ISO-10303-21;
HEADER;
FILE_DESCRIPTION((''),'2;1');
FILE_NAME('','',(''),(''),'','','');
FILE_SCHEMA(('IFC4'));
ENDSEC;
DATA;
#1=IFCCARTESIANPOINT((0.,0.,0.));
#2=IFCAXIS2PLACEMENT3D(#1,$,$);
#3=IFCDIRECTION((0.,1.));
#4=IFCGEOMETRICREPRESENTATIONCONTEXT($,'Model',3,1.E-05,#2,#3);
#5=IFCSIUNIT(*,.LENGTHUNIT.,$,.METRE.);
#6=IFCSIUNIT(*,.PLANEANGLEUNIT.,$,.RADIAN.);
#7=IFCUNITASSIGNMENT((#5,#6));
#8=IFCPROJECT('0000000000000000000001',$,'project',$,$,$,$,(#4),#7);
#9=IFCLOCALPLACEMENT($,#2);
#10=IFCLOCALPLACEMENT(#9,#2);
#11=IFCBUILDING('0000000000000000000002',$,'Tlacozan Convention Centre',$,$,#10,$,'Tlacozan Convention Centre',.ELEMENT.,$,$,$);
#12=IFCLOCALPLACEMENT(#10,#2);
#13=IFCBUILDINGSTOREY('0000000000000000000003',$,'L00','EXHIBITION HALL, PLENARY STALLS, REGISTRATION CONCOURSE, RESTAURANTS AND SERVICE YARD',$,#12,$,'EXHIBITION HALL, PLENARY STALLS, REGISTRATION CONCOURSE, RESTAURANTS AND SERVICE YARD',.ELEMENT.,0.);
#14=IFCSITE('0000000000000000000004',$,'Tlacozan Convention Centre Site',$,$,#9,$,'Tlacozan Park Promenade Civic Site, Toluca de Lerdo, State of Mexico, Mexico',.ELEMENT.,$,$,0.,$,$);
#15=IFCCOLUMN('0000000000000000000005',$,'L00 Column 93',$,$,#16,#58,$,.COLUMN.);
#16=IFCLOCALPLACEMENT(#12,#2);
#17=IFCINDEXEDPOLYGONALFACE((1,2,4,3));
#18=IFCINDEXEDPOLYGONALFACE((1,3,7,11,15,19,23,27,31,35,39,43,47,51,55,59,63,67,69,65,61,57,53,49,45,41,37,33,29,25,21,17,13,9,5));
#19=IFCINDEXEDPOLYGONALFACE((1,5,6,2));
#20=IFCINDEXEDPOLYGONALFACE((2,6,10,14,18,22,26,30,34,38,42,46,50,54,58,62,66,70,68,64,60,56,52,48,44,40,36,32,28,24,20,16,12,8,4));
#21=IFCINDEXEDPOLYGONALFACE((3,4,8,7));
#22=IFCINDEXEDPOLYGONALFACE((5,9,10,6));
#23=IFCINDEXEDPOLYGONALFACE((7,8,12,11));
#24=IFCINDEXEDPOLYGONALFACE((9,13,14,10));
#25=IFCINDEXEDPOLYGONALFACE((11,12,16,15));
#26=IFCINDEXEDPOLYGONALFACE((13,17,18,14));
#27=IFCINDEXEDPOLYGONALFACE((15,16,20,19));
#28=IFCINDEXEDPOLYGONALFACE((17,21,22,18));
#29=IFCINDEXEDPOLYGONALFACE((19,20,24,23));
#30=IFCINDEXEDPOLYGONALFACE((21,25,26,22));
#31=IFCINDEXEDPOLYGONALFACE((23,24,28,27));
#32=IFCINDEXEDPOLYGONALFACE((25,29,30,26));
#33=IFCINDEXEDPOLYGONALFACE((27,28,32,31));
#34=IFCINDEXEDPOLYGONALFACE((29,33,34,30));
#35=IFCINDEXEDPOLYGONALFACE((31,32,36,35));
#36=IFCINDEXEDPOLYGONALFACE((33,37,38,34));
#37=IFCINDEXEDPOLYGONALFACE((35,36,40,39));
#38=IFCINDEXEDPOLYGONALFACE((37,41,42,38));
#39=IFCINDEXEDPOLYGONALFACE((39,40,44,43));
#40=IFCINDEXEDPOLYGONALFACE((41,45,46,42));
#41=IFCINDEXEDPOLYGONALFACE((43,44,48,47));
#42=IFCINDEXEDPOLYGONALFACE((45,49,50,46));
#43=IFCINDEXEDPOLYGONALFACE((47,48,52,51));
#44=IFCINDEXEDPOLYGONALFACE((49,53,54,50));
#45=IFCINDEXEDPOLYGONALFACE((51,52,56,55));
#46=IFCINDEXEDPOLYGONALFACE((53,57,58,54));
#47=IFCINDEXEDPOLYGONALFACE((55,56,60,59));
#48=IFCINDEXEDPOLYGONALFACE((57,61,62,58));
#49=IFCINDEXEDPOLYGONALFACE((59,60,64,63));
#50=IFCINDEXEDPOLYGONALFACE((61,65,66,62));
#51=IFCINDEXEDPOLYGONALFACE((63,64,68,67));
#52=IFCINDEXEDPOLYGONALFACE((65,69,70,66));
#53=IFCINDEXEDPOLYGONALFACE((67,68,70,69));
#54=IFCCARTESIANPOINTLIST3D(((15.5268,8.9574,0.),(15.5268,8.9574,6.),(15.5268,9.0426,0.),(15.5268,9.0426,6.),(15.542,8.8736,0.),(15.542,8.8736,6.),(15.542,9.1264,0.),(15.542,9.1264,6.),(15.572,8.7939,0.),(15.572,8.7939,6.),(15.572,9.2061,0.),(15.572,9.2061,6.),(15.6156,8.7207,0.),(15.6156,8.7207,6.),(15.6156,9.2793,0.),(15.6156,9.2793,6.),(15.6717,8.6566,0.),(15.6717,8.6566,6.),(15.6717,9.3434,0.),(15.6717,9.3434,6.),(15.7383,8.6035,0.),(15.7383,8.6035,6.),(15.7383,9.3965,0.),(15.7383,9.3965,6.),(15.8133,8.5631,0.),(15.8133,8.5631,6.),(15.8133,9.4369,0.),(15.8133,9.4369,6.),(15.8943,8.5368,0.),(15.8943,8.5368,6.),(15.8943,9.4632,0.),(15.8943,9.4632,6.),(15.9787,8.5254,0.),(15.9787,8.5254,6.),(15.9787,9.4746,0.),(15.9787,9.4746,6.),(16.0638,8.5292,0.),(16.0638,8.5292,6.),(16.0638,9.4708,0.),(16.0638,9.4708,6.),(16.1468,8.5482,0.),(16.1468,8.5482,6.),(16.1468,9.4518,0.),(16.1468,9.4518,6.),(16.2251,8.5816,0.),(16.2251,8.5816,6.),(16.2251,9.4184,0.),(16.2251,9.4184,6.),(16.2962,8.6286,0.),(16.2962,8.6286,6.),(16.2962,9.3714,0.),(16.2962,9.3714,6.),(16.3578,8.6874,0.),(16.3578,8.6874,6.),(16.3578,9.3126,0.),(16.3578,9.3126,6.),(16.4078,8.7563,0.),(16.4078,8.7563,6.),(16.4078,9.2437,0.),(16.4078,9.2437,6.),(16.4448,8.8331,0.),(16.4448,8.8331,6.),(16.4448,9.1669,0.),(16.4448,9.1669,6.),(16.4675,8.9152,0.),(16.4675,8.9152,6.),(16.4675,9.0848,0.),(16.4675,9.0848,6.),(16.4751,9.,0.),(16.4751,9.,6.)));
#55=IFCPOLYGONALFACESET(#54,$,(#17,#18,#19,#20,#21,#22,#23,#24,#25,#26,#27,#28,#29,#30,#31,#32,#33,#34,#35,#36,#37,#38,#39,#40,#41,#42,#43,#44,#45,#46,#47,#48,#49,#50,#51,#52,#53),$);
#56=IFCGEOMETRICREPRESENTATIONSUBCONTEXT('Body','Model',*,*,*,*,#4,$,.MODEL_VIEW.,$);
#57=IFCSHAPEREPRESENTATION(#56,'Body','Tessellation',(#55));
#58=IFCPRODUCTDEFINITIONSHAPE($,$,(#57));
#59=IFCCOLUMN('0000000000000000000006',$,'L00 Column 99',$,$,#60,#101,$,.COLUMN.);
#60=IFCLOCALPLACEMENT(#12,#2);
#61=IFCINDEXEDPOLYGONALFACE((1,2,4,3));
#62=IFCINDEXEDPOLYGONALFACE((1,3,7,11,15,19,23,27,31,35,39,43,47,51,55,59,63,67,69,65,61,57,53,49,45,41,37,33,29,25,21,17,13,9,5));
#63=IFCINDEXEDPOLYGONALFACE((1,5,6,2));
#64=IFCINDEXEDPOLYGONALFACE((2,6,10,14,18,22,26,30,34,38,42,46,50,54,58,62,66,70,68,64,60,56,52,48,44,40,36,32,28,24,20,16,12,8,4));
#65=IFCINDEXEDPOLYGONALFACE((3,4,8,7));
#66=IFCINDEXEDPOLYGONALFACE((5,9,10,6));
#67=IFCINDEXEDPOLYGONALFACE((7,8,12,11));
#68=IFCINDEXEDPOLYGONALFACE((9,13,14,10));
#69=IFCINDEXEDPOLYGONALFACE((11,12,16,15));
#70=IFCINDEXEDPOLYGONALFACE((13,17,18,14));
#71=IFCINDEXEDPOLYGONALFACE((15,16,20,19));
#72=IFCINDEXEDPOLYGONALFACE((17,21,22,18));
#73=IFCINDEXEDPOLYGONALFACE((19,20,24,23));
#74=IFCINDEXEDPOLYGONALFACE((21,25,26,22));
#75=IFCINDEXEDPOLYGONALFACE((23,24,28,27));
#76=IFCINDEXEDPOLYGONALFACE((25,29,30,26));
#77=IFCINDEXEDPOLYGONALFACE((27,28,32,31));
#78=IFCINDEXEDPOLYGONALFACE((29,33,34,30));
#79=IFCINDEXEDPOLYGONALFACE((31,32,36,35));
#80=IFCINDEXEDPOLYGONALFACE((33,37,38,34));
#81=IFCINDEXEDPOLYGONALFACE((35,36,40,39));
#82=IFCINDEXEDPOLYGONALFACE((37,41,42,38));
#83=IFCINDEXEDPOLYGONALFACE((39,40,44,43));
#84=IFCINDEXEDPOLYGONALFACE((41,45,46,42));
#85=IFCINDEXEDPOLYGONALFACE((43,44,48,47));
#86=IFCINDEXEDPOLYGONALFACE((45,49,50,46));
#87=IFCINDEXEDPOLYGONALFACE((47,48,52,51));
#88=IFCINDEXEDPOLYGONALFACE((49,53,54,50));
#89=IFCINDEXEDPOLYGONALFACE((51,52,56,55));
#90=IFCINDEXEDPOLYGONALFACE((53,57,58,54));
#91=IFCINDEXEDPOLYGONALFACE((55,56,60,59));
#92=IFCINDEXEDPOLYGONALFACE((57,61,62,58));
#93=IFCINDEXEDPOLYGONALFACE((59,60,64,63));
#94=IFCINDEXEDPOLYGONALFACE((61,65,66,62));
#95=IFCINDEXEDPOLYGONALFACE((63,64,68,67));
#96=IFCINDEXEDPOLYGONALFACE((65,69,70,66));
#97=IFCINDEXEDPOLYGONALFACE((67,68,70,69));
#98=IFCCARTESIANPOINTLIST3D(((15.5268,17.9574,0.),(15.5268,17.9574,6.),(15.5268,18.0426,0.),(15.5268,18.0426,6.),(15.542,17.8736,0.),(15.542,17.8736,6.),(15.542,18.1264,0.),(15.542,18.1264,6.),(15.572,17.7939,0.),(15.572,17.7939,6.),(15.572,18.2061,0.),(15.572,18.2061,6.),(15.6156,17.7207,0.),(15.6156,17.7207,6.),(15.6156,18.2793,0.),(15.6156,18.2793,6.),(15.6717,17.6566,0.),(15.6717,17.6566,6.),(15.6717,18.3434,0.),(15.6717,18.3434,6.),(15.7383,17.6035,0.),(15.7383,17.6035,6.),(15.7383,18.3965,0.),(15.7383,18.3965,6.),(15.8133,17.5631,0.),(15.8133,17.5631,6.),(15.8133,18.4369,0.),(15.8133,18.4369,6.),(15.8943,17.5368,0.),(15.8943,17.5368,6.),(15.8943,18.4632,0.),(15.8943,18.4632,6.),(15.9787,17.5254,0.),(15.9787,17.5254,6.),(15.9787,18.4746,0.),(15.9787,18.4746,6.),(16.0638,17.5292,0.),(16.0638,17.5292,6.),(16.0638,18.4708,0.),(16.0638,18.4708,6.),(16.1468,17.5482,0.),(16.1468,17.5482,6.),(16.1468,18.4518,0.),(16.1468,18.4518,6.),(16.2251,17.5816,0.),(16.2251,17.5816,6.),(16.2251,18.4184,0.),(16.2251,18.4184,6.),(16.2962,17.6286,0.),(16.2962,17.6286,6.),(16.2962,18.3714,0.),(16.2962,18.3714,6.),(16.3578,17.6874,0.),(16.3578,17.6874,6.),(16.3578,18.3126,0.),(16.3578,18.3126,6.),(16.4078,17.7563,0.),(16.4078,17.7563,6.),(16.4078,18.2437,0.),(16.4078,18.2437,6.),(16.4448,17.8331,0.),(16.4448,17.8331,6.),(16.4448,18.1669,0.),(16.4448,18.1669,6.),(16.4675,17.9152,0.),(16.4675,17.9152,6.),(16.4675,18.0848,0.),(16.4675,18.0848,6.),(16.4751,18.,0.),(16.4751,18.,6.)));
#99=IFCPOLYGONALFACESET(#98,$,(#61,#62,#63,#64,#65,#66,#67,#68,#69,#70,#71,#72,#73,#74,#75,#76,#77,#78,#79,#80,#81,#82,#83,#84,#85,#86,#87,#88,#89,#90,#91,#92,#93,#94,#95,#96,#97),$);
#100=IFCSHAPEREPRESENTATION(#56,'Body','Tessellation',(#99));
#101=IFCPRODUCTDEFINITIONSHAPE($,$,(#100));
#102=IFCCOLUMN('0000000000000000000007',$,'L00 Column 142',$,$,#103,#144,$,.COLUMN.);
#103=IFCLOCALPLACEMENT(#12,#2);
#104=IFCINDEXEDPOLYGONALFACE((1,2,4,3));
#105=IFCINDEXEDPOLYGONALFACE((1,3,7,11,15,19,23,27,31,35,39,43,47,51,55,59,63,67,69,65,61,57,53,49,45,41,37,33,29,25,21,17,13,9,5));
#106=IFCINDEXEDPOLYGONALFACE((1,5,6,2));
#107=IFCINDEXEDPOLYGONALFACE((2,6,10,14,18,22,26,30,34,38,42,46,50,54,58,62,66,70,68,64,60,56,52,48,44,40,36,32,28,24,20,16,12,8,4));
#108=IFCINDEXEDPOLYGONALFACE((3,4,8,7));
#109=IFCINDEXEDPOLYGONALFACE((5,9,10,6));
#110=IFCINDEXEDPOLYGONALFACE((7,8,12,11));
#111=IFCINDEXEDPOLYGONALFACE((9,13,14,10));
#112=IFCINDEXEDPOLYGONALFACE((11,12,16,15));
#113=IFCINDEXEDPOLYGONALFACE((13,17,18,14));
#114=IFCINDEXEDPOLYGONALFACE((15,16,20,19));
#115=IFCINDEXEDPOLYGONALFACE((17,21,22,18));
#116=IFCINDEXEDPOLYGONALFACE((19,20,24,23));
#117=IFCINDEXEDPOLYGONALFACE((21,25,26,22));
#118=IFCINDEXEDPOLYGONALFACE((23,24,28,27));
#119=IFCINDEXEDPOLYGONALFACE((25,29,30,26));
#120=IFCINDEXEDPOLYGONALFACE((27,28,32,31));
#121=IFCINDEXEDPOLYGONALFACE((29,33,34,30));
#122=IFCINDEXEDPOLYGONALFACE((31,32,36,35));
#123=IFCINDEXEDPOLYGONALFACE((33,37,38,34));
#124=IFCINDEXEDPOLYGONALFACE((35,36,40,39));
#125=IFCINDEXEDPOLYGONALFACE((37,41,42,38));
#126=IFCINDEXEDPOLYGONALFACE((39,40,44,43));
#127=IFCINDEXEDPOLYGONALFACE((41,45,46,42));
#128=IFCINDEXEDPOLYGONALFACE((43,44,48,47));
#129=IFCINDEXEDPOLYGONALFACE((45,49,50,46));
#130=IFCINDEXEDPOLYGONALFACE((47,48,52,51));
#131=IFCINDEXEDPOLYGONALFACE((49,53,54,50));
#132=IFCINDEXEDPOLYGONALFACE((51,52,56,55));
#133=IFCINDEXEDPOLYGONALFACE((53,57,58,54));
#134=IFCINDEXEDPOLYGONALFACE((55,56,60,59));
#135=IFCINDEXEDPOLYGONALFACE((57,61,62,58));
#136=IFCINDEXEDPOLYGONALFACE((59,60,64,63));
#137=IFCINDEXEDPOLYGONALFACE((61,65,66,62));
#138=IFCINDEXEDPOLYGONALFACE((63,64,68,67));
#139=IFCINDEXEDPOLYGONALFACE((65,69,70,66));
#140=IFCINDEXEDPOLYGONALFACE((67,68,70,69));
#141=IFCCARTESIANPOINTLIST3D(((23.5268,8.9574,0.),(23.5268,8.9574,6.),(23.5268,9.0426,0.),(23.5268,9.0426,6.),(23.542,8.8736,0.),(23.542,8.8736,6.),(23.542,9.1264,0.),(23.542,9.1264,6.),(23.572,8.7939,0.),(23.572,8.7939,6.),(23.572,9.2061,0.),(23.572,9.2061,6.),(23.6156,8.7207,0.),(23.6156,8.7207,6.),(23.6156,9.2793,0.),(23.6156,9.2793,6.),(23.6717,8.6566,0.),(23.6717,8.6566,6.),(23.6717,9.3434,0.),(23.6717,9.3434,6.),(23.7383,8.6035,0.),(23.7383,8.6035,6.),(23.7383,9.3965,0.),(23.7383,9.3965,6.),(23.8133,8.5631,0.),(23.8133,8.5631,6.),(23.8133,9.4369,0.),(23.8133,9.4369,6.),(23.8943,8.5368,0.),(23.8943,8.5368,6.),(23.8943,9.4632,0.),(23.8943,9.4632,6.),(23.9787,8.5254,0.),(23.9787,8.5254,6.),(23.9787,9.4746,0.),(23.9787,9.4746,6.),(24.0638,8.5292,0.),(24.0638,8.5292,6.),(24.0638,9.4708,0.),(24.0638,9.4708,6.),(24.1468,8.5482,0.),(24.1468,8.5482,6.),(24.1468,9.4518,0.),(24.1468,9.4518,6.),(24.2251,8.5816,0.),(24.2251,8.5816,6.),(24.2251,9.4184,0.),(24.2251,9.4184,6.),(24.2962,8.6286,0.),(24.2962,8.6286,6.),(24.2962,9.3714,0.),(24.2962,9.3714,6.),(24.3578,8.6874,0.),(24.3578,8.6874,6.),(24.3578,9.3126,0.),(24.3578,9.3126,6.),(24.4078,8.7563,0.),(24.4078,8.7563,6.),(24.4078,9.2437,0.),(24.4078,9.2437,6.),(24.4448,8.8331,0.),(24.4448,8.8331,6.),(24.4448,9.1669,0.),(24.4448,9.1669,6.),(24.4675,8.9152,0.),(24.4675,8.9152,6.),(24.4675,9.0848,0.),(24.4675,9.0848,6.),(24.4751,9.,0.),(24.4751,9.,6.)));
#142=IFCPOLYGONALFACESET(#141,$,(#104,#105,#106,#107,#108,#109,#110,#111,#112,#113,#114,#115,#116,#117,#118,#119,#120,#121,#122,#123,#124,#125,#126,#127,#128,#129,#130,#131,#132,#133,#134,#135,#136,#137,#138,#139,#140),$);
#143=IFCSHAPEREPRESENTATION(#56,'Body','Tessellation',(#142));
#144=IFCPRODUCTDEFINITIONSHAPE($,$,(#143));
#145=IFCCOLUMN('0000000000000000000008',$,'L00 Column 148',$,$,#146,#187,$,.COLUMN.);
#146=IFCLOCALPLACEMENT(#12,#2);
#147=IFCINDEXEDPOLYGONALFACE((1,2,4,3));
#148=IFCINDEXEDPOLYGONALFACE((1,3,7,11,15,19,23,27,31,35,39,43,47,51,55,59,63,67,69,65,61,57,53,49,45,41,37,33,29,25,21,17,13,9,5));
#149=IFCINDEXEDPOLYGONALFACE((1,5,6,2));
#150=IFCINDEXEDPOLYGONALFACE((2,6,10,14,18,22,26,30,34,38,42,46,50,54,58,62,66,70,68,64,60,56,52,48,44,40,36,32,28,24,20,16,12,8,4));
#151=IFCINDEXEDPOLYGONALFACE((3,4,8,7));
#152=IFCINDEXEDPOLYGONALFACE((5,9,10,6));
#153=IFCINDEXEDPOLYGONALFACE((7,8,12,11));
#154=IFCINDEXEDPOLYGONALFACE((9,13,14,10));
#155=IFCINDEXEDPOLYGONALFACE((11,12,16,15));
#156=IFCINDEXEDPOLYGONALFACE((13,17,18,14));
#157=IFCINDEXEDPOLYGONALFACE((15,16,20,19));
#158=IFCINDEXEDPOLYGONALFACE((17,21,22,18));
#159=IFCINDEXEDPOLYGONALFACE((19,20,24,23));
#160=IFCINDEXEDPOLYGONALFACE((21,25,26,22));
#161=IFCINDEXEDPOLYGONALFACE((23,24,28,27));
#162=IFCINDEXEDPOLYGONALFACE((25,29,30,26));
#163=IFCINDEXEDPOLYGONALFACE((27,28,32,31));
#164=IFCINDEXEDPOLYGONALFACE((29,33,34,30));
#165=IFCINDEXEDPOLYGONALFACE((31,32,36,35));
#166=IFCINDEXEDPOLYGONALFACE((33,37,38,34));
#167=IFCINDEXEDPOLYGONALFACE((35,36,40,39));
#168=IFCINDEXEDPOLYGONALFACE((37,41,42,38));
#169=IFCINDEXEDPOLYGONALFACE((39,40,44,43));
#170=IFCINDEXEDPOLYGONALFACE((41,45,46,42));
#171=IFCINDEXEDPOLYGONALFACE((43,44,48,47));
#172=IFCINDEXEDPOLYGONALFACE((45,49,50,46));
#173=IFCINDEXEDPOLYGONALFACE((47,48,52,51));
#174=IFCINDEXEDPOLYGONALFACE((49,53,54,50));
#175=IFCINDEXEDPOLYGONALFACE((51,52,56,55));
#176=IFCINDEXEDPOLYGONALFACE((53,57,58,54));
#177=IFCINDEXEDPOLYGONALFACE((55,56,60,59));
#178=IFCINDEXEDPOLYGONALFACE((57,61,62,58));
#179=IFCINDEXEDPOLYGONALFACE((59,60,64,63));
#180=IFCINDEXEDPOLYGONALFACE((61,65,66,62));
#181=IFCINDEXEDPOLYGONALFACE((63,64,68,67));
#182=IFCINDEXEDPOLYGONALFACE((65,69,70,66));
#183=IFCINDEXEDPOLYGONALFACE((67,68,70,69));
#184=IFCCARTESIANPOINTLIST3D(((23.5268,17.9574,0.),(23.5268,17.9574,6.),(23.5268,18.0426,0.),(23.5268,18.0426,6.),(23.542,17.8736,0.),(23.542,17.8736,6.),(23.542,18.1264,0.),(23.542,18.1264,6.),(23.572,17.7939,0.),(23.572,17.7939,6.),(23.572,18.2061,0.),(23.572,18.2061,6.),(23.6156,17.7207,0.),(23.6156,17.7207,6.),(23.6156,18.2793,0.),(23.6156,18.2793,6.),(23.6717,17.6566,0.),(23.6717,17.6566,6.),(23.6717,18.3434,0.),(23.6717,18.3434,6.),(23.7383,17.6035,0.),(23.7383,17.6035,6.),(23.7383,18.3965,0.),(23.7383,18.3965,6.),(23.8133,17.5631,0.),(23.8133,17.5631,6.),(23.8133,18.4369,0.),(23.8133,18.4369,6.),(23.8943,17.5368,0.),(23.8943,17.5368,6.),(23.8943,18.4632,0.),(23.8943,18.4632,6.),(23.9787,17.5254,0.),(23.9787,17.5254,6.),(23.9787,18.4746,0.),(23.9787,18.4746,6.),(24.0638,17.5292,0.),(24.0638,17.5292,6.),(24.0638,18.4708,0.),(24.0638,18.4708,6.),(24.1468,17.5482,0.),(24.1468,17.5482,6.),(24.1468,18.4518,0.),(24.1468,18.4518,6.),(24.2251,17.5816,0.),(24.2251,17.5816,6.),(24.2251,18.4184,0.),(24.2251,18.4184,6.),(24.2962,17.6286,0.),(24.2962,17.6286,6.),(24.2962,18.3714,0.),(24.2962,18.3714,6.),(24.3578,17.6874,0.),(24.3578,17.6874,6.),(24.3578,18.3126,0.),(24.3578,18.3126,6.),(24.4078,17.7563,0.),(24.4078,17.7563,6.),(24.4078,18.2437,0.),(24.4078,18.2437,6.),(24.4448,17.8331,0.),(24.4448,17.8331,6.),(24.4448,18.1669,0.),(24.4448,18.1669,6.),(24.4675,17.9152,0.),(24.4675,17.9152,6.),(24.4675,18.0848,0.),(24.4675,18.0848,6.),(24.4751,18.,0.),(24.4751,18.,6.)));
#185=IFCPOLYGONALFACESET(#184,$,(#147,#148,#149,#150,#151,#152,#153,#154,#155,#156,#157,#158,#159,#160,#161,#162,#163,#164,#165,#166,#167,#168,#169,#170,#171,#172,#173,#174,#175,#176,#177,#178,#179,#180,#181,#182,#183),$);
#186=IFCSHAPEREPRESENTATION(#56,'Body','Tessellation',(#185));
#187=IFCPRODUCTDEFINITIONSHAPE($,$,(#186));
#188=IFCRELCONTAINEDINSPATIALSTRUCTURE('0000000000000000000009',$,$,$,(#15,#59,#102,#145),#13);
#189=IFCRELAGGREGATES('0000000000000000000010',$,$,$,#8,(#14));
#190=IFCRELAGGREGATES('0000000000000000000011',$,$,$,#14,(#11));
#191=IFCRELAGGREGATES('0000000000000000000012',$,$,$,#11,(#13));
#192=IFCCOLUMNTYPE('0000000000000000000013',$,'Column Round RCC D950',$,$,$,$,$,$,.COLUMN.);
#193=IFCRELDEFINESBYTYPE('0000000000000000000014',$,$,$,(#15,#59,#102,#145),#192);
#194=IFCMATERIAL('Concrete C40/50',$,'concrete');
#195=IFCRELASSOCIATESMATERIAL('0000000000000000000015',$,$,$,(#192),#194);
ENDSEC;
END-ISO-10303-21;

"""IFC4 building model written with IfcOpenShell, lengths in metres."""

from ifc_helpers import new_model, si_unit, direction, frame, origin, origin_2d, place, context, subcontext, project, spatial, circle, extrude, material, material_profile, profile_set, type_object, element, save


model = new_model("IFC4")

# Units and contexts
model_context = context("Model", 3, precision=1e-05, world=origin(), true_north=direction((0.0, 1.0)))
body_context = subcontext(model_context, "Body", "Model", "MODEL_VIEW")
ifc_project = project(units=[si_unit("LENGTHUNIT", "METRE"), si_unit("PLANEANGLEUNIT", "RADIAN")], contexts=[model_context])

# Site, building, storey
site_placement = place(None, origin())
site = spatial("IfcSite", under=ifc_project, at=site_placement, Name="Tlacozan Convention Centre Site", LongName="Tlacozan Park Promenade Civic Site, Toluca de Lerdo, State of Mexico, Mexico", CompositionType="ELEMENT", RefElevation=0.0)
building_placement = place(site_placement, origin())
building = spatial("IfcBuilding", under=site, at=building_placement, Name="Tlacozan Convention Centre", LongName="Tlacozan Convention Centre", CompositionType="ELEMENT")
storey_placement = place(building_placement, origin())
storey = spatial("IfcBuildingStorey", under=building, at=storey_placement, Name="L00", Description="EXHIBITION HALL, PLENARY STALLS, REGISTRATION CONCOURSE, RESTAURANTS AND SERVICE YARD", LongName="EXHIBITION HALL, PLENARY STALLS, REGISTRATION CONCOURSE, RESTAURANTS AND SERVICE YARD", CompositionType="ELEMENT", Elevation=0.0)

# Columns
ifc_material_1 = material(Name="Concrete C40/50", Category="concrete")
ifc_material_profile_1 = material_profile(ifc_material_1, circle(Radius=0.4751, at=origin_2d()), Name="RCC D950")
ifc_profile_set_1 = profile_set([ifc_material_profile_1], Name="Concrete C40/50")
column_type = type_object("IfcColumnType", Name="Column Round RCC D950", PredefinedType="COLUMN", material=ifc_profile_set_1)
for number, where, z_axis, x_axis, name in (
    (1, (16.0, 9.0, 0.0), (0.0, 0.0, 1.0), (1.0, 0.0, 0.0), "L00 Column 93"),
    (2, (16.0, 18.0, 0.0), (0.0, 0.0, 1.0), (1.0, 0.0, 0.0), "L00 Column 99"),
    (3, (24.0, 9.0, 0.0), (0.0, 0.0, 1.0), (1.0, 0.0, 0.0), "L00 Column 142"),
    (4, (24.0, 18.0, 0.0), (0.0, 0.0, 1.0), (1.0, 0.0, 0.0), "L00 Column 148"),
):
    element("IfcColumn", number, at=place(storey_placement, frame(where, z_axis=z_axis, x_axis=x_axis)), inside=storey, type_object=column_type, Name=name, PredefinedType="COLUMN", context=body_context, shape_type="SweptSolid", body=[
        extrude(circle(Radius=0.4751, at=origin_2d()), origin(), (0.0, 0.0, 1.0), 6.0),
    ])

save(model, "model.ifc")
